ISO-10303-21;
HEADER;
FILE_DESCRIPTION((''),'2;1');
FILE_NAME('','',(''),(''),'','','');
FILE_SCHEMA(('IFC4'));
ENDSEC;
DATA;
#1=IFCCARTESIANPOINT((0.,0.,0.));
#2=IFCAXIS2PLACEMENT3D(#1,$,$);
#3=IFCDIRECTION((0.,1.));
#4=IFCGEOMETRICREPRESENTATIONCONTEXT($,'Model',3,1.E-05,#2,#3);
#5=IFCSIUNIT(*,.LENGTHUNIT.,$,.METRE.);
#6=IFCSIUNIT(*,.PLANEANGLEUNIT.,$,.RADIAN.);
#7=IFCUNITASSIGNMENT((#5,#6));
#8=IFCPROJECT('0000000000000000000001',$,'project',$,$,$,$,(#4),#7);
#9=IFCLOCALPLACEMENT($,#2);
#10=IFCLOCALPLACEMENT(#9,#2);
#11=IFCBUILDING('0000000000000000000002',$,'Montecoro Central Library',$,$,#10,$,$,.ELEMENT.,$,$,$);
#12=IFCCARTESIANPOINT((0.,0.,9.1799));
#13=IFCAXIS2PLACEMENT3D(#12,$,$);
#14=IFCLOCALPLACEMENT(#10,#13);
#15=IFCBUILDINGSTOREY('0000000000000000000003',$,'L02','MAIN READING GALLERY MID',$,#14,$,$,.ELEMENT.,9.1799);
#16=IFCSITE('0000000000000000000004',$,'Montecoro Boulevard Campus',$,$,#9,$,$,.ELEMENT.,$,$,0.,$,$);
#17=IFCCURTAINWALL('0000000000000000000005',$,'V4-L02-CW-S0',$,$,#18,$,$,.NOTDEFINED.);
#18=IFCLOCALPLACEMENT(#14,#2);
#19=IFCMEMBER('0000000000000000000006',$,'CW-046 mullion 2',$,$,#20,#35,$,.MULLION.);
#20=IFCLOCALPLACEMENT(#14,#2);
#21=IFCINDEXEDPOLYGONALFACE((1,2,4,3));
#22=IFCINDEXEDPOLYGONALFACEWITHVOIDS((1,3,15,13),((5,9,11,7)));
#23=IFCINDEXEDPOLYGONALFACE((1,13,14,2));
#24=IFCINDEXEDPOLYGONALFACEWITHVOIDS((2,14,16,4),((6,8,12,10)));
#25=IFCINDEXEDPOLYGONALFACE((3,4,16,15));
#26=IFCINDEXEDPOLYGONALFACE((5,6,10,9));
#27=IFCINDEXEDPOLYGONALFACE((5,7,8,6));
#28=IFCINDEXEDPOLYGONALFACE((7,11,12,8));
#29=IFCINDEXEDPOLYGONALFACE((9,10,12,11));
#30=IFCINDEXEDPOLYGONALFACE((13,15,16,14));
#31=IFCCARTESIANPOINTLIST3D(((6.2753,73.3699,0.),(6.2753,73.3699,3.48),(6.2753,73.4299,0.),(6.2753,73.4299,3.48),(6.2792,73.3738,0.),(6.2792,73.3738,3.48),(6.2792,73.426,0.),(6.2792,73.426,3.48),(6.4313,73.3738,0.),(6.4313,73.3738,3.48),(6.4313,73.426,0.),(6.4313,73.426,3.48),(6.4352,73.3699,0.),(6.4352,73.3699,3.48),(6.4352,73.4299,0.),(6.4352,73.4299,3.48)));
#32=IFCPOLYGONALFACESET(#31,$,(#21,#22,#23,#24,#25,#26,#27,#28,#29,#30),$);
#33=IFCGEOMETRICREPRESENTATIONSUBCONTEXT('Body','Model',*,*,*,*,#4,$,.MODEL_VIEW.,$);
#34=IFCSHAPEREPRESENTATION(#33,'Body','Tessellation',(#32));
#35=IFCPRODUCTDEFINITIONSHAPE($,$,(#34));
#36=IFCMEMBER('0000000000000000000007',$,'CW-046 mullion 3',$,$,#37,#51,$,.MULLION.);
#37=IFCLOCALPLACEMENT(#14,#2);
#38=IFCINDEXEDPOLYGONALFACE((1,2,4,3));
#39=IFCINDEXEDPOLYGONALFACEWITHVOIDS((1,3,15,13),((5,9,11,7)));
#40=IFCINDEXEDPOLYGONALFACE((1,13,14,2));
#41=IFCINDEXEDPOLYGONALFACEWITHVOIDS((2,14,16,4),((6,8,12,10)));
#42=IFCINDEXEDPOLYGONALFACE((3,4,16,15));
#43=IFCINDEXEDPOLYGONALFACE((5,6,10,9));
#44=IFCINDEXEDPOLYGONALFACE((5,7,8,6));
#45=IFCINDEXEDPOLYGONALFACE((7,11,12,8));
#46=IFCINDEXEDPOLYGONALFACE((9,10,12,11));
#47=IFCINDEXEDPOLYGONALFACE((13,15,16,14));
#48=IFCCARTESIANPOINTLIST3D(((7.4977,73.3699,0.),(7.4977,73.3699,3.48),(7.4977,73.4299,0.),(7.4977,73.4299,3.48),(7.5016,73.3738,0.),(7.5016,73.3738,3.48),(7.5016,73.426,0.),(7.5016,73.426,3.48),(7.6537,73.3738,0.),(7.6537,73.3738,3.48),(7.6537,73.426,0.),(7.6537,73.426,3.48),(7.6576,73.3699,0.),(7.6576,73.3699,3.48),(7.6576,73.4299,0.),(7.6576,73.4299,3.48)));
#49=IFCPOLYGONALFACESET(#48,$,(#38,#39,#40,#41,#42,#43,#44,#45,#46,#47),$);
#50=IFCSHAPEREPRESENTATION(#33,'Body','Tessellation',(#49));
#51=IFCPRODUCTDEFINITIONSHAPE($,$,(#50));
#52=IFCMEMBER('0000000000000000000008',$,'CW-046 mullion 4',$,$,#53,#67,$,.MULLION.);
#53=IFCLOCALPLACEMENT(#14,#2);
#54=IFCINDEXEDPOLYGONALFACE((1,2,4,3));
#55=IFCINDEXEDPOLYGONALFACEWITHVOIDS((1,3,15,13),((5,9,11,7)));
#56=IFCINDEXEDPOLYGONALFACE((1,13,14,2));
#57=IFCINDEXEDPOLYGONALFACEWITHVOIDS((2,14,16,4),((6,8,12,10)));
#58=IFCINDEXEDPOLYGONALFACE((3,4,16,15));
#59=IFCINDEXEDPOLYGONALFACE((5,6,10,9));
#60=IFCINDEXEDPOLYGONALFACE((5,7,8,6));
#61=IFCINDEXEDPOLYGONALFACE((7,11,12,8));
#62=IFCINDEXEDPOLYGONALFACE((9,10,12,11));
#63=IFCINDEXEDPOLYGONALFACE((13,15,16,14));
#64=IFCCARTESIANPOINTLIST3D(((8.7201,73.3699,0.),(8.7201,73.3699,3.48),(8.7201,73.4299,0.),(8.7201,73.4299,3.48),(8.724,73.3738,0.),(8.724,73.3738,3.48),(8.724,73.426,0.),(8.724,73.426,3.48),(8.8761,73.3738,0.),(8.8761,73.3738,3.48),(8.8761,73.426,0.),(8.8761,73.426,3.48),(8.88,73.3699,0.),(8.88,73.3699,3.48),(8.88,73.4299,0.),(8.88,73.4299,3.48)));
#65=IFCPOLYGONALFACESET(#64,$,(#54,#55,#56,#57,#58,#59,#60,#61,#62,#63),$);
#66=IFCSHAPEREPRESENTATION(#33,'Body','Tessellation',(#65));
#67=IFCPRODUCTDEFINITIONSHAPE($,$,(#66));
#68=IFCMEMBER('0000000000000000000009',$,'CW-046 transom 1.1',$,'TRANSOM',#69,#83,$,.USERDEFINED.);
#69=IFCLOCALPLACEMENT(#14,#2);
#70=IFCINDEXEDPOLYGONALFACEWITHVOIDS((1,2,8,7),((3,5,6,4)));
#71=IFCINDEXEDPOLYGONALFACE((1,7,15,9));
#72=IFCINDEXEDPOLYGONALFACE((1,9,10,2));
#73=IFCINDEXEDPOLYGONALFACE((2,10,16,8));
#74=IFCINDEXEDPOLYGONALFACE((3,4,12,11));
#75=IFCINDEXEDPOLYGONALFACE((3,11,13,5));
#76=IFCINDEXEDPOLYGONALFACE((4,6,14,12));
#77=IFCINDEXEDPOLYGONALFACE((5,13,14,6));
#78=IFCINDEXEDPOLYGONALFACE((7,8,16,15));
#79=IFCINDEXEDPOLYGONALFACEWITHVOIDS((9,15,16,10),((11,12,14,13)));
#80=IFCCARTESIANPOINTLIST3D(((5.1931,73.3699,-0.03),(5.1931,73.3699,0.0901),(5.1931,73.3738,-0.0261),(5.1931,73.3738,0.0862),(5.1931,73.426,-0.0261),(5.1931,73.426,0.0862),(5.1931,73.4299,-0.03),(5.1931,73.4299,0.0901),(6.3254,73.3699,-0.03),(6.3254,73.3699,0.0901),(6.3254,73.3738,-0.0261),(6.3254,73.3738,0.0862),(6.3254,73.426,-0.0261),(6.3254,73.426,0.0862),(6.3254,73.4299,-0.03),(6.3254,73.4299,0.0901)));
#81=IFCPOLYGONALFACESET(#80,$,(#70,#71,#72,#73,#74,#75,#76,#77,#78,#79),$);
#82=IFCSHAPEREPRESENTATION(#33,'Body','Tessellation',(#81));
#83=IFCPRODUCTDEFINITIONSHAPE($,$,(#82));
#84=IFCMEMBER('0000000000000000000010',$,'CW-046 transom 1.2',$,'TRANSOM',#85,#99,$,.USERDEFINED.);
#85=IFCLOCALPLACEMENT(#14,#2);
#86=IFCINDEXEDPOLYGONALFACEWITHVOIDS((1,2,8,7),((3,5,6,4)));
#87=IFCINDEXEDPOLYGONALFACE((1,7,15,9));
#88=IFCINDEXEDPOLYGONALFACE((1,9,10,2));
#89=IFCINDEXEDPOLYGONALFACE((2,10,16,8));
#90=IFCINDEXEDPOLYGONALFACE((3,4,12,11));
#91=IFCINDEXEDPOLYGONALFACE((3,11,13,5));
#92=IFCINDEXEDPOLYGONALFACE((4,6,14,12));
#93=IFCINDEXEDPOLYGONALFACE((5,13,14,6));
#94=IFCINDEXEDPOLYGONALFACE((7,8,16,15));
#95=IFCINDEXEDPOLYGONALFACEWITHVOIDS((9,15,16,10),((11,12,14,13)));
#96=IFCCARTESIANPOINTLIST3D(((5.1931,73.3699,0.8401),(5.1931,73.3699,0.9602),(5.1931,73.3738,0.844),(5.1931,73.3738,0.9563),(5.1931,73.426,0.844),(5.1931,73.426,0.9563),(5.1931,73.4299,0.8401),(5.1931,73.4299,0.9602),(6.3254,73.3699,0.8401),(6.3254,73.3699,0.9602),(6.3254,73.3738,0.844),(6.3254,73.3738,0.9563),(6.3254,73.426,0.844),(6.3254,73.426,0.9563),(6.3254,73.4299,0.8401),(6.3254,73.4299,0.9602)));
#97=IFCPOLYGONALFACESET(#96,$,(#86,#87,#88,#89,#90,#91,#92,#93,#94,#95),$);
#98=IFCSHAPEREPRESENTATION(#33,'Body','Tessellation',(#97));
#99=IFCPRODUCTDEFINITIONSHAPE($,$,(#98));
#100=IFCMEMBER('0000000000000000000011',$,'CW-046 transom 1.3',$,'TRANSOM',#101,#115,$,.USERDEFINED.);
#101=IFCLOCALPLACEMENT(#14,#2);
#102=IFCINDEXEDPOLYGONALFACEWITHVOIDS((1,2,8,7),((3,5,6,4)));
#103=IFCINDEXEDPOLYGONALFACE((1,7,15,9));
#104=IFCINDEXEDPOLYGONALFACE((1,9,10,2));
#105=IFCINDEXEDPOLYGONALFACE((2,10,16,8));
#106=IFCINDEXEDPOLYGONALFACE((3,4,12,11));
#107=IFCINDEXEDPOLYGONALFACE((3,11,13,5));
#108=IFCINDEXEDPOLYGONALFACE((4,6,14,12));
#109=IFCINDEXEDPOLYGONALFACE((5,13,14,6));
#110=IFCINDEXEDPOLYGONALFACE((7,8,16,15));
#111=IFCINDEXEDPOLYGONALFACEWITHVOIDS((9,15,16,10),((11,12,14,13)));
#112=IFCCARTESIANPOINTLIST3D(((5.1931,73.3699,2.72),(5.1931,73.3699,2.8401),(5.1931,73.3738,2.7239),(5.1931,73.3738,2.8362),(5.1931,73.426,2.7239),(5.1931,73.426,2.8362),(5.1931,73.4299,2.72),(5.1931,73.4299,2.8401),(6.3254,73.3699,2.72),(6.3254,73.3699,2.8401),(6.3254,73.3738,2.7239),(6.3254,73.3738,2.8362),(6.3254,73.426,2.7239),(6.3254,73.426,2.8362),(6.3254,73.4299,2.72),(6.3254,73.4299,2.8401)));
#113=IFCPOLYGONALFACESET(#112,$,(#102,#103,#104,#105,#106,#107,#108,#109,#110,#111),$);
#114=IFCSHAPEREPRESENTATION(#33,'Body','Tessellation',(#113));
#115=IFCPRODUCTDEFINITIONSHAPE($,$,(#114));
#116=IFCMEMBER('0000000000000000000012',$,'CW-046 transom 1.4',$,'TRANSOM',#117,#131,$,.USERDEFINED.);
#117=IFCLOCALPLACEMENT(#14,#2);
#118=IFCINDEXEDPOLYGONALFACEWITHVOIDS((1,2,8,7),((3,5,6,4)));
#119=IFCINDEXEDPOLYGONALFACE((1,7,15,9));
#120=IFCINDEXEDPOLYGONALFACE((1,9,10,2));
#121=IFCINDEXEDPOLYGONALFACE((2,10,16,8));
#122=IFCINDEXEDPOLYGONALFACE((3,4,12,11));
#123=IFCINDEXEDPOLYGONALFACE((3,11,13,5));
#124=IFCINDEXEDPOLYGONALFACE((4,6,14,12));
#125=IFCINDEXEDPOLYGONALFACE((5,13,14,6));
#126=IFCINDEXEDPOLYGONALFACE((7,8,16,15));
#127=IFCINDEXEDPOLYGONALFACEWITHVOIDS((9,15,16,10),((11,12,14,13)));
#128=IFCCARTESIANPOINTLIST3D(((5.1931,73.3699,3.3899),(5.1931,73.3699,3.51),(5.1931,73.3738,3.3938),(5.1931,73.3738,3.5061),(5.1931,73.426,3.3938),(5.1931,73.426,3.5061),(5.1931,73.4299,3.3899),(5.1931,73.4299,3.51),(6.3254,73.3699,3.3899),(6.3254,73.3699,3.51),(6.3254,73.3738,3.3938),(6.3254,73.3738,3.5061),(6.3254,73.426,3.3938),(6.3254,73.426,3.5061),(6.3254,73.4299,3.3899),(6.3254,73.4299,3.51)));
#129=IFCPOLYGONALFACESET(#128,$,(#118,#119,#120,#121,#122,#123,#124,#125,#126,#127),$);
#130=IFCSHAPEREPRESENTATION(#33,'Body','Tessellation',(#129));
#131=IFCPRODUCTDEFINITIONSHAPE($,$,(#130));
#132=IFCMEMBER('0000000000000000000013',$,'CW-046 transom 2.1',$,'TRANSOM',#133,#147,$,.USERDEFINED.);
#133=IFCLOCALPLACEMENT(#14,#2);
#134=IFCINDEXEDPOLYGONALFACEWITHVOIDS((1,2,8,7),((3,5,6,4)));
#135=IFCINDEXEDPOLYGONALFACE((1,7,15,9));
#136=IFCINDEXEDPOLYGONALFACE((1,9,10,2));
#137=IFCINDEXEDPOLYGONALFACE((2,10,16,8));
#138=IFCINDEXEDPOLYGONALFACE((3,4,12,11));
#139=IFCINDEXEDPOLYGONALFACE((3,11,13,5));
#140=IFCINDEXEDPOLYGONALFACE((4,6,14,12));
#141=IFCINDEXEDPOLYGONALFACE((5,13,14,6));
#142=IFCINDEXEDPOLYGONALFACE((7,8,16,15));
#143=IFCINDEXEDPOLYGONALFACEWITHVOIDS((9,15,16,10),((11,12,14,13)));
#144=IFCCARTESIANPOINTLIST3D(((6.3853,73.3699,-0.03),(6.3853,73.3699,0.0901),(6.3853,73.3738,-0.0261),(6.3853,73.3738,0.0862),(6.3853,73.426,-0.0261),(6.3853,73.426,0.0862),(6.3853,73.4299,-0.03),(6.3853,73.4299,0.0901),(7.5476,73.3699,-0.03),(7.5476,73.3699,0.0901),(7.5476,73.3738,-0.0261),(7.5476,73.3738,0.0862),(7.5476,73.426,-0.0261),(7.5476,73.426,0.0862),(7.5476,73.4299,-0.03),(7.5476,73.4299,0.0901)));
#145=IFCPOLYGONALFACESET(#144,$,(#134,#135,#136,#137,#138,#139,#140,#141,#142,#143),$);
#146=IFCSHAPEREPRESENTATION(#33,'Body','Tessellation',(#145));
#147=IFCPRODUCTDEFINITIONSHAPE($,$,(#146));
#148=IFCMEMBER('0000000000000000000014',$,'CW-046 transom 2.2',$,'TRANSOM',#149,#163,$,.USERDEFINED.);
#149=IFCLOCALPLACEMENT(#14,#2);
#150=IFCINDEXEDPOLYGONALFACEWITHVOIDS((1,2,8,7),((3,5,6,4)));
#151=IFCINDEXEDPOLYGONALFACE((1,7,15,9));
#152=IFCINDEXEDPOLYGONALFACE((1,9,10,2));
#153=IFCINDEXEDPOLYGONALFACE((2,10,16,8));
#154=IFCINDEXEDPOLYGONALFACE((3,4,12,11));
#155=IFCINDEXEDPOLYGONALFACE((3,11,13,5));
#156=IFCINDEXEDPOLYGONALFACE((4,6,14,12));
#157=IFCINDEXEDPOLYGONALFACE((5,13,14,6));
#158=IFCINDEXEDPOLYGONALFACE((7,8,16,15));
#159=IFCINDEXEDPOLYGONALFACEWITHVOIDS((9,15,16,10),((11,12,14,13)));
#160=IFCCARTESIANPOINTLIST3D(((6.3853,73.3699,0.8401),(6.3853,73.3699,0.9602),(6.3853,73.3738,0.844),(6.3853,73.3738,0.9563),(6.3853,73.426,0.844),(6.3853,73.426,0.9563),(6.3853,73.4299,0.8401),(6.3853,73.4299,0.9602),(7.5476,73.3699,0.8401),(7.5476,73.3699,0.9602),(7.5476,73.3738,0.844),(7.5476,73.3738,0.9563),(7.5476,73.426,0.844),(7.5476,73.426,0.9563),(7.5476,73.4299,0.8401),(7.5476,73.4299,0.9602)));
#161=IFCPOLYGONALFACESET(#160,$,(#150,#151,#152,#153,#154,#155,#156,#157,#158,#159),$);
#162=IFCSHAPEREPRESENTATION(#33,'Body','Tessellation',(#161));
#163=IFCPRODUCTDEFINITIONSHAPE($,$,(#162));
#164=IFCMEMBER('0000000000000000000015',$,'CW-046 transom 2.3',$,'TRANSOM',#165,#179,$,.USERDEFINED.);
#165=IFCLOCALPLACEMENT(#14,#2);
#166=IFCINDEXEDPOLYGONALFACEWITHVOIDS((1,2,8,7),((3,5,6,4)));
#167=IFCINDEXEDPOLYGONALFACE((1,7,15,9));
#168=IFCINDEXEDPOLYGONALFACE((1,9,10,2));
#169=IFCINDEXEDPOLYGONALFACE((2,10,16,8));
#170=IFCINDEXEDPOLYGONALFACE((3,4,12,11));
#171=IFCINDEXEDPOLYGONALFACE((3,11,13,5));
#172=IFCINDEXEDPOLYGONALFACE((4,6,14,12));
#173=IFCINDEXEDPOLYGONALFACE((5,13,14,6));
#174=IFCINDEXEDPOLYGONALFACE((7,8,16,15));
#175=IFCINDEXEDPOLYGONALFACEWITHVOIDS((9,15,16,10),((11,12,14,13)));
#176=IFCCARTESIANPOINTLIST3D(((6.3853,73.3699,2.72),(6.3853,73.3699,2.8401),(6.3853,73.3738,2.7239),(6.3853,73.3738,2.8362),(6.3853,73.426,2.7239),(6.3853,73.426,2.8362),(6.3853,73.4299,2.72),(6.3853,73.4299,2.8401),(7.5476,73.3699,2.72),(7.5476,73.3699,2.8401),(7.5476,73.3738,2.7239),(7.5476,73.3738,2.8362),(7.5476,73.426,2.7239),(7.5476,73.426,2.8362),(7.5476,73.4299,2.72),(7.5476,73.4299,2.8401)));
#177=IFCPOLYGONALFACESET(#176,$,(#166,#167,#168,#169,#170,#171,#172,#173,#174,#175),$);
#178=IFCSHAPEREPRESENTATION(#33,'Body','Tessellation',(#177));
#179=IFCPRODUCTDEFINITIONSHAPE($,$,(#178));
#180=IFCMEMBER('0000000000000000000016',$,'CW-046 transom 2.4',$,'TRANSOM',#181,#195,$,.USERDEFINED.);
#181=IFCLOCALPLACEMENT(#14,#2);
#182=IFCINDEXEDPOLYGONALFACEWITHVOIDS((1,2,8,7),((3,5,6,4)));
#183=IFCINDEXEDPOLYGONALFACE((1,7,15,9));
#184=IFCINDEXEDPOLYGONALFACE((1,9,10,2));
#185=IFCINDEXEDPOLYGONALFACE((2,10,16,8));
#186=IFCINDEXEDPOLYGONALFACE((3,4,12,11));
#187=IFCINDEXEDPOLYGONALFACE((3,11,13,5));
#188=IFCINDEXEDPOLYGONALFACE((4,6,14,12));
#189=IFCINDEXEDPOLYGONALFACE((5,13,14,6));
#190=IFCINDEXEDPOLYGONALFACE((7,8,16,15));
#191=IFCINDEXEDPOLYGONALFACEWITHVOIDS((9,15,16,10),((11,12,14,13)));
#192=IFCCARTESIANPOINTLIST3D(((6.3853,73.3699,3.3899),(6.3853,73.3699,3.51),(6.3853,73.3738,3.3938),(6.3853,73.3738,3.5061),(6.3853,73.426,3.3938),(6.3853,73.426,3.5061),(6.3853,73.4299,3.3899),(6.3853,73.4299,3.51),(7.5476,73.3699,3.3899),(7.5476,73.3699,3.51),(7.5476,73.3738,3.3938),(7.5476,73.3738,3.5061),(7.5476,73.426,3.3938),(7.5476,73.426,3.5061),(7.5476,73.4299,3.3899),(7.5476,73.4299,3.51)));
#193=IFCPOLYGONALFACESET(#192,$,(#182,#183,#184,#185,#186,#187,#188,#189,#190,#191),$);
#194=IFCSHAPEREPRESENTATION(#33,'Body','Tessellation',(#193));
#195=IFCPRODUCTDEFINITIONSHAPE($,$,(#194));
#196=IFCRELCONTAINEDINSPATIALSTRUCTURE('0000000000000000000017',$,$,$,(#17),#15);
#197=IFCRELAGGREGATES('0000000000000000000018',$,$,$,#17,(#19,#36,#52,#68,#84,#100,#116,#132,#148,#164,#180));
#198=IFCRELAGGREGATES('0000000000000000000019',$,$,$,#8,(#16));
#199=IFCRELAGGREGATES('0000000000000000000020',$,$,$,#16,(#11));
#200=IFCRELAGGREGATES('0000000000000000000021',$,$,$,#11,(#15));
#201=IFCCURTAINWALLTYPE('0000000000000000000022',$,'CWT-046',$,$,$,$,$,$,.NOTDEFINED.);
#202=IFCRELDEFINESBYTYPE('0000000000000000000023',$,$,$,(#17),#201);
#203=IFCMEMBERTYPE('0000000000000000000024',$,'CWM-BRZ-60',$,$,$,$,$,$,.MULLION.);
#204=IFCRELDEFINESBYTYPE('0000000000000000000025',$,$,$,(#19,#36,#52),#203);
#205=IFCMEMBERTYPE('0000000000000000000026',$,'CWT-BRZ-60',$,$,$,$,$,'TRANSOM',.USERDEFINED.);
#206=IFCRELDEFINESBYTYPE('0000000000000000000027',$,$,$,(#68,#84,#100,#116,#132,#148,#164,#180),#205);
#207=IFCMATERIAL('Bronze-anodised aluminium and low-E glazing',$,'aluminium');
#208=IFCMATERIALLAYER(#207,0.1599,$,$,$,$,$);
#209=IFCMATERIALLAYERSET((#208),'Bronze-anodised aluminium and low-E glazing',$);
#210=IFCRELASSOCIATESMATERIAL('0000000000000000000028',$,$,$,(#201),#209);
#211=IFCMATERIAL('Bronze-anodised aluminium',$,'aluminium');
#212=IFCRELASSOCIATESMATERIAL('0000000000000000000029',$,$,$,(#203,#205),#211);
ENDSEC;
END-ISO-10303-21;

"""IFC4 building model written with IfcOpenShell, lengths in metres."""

from ifc_helpers import new_model, si_unit, direction, frame, origin, origin_2d, place, context, subcontext, project, spatial, hollow_rectangle, extrude, material, layer, layer_set, material_profile, profile_set, type_object, element, aggregate, save


model = new_model("IFC4")

# Units and contexts
model_context = context("Model", 3, precision=1e-05, world=origin(), true_north=direction((0.0, 1.0)))
body_context = subcontext(model_context, "Body", "Model", "MODEL_VIEW")
ifc_project = project(units=[si_unit("LENGTHUNIT", "METRE"), si_unit("PLANEANGLEUNIT", "RADIAN")], contexts=[model_context])

# Site, building, storey
site_placement = place(None, origin())
site = spatial("IfcSite", under=ifc_project, at=site_placement, Name="Montecoro Boulevard Campus", CompositionType="ELEMENT", RefElevation=0.0)
building_placement = place(site_placement, origin())
building = spatial("IfcBuilding", under=site, at=building_placement, Name="Montecoro Central Library", CompositionType="ELEMENT")
storey_placement = place(building_placement, frame((0.0, 0.0, 9.1799)))
storey = spatial("IfcBuildingStorey", under=building, at=storey_placement, Name="L02", Description="MAIN READING GALLERY MID", CompositionType="ELEMENT", Elevation=9.1799)

# Curtain wall, members
ifc_material_1 = material(Name="Bronze-anodised aluminium and low-E glazing", Category="aluminium")
ifc_layer_1 = layer(ifc_material_1, 0.1599)
ifc_layer_set_1 = layer_set([ifc_layer_1], Name="Bronze-anodised aluminium and low-E glazing")
curtain_wall_type = type_object("IfcCurtainWallType", Name="CWT-046", PredefinedType="NOTDEFINED", material=ifc_layer_set_1)
curtain_wall_placement = place(storey_placement, origin())
curtain_wall = element("IfcCurtainWall", 1, at=curtain_wall_placement, inside=storey, type_object=curtain_wall_type, Name="V4-L02-CW-S0", PredefinedType="NOTDEFINED")
ifc_material_2 = material(Name="Bronze-anodised aluminium", Category="aluminium")
ifc_material_profile_1 = material_profile(ifc_material_2, hollow_rectangle(XDim=0.0601, YDim=0.1599, WallThickness=0.0039, at=origin_2d()), Name="CWM 160x60x4.0")
ifc_profile_set_1 = profile_set([ifc_material_profile_1], Name="Bronze-anodised aluminium")
member_type_1 = type_object("IfcMemberType", Name="CWM-BRZ-60", PredefinedType="MULLION", material=ifc_profile_set_1)
member_1_placement = place(storey_placement, frame((6.3552, 73.3999, 0.0), z_axis=(0.0, 0.0, 1.0), x_axis=(0.0, 1.0, 0.0)))
member_1 = element("IfcMember", 2, at=member_1_placement, type_object=member_type_1, Name="CW-046 mullion 2", PredefinedType="MULLION", context=body_context, shape_type="SweptSolid", body=[
    extrude(hollow_rectangle(XDim=0.0601, YDim=0.1599, WallThickness=0.0039, at=origin_2d()), origin(), (0.0, 0.0, 1.0), 3.48),
])
member_2_placement = place(storey_placement, frame((7.5776, 73.3999, 0.0), z_axis=(0.0, 0.0, 1.0), x_axis=(0.0, 1.0, 0.0)))
member_2 = element("IfcMember", 3, at=member_2_placement, type_object=member_type_1, Name="CW-046 mullion 3", PredefinedType="MULLION", context=body_context, shape_type="SweptSolid", body=[
    extrude(hollow_rectangle(XDim=0.0601, YDim=0.1599, WallThickness=0.0039, at=origin_2d()), origin(), (0.0, 0.0, 1.0), 3.48),
])
member_3_placement = place(storey_placement, frame((8.8, 73.3999, 0.0), z_axis=(0.0, 0.0, 1.0), x_axis=(0.0, 1.0, 0.0)))
member_3 = element("IfcMember", 4, at=member_3_placement, type_object=member_type_1, Name="CW-046 mullion 4", PredefinedType="MULLION", context=body_context, shape_type="SweptSolid", body=[
    extrude(hollow_rectangle(XDim=0.0601, YDim=0.1599, WallThickness=0.0039, at=origin_2d()), origin(), (0.0, 0.0, 1.0), 3.48),
])
ifc_material_profile_2 = material_profile(ifc_material_2, hollow_rectangle(XDim=0.0601, YDim=0.1201, WallThickness=0.0039, at=origin_2d()), Name="CWT 120x60x4.0")
ifc_profile_set_2 = profile_set([ifc_material_profile_2], Name="Bronze-anodised aluminium")
member_type_2 = type_object("IfcMemberType", Name="CWT-BRZ-60", ElementType="TRANSOM", PredefinedType="USERDEFINED", material=ifc_profile_set_2)
member_4_placement = place(storey_placement, frame((5.1931, 73.3999, 0.03), z_axis=(1.0, 0.0, 0.0), x_axis=(0.0, 1.0, 0.0)))
member_4 = element("IfcMember", 5, at=member_4_placement, type_object=member_type_2, Name="CW-046 transom 1.1", ObjectType="TRANSOM", PredefinedType="USERDEFINED", context=body_context, shape_type="SweptSolid", body=[
    extrude(hollow_rectangle(XDim=0.0601, YDim=0.1201, WallThickness=0.0039, at=origin_2d()), origin(), (0.0, 0.0, 1.0), 1.1323),
])
member_5_placement = place(storey_placement, frame((5.1931, 73.3999, 0.9001), z_axis=(1.0, 0.0, 0.0), x_axis=(0.0, 1.0, 0.0)))
member_5 = element("IfcMember", 6, at=member_5_placement, type_object=member_type_2, Name="CW-046 transom 1.2", ObjectType="TRANSOM", PredefinedType="USERDEFINED", context=body_context, shape_type="SweptSolid", body=[
    extrude(hollow_rectangle(XDim=0.0601, YDim=0.1201, WallThickness=0.0039, at=origin_2d()), origin(), (0.0, 0.0, 1.0), 1.1323),
])
member_6_placement = place(storey_placement, frame((5.1931, 73.3999, 2.78), z_axis=(1.0, 0.0, 0.0), x_axis=(0.0, 1.0, 0.0)))
member_6 = element("IfcMember", 7, at=member_6_placement, type_object=member_type_2, Name="CW-046 transom 1.3", ObjectType="TRANSOM", PredefinedType="USERDEFINED", context=body_context, shape_type="SweptSolid", body=[
    extrude(hollow_rectangle(XDim=0.0601, YDim=0.1201, WallThickness=0.0039, at=origin_2d()), origin(), (0.0, 0.0, 1.0), 1.1323),
])
member_7_placement = place(storey_placement, frame((5.1931, 73.3999, 3.45), z_axis=(1.0, 0.0, 0.0), x_axis=(0.0, 1.0, 0.0)))
member_7 = element("IfcMember", 8, at=member_7_placement, type_object=member_type_2, Name="CW-046 transom 1.4", ObjectType="TRANSOM", PredefinedType="USERDEFINED", context=body_context, shape_type="SweptSolid", body=[
    extrude(hollow_rectangle(XDim=0.0601, YDim=0.1201, WallThickness=0.0039, at=origin_2d()), origin(), (0.0, 0.0, 1.0), 1.1323),
])
member_8_placement = place(storey_placement, frame((6.3853, 73.3999, 0.03), z_axis=(1.0, 0.0, 0.0), x_axis=(0.0, 1.0, 0.0)))
member_8 = element("IfcMember", 9, at=member_8_placement, type_object=member_type_2, Name="CW-046 transom 2.1", ObjectType="TRANSOM", PredefinedType="USERDEFINED", context=body_context, shape_type="SweptSolid", body=[
    extrude(hollow_rectangle(XDim=0.0601, YDim=0.1201, WallThickness=0.0039, at=origin_2d()), origin(), (0.0, 0.0, 1.0), 1.1624),
])
member_9_placement = place(storey_placement, frame((6.3853, 73.3999, 0.9001), z_axis=(1.0, 0.0, 0.0), x_axis=(0.0, 1.0, 0.0)))
member_9 = element("IfcMember", 10, at=member_9_placement, type_object=member_type_2, Name="CW-046 transom 2.2", ObjectType="TRANSOM", PredefinedType="USERDEFINED", context=body_context, shape_type="SweptSolid", body=[
    extrude(hollow_rectangle(XDim=0.0601, YDim=0.1201, WallThickness=0.0039, at=origin_2d()), origin(), (0.0, 0.0, 1.0), 1.1624),
])
member_10_placement = place(storey_placement, frame((6.3853, 73.3999, 2.78), z_axis=(1.0, 0.0, 0.0), x_axis=(0.0, 1.0, 0.0)))
member_10 = element("IfcMember", 11, at=member_10_placement, type_object=member_type_2, Name="CW-046 transom 2.3", ObjectType="TRANSOM", PredefinedType="USERDEFINED", context=body_context, shape_type="SweptSolid", body=[
    extrude(hollow_rectangle(XDim=0.0601, YDim=0.1201, WallThickness=0.0039, at=origin_2d()), origin(), (0.0, 0.0, 1.0), 1.1624),
])
member_11_placement = place(storey_placement, frame((6.3853, 73.3999, 3.45), z_axis=(1.0, 0.0, 0.0), x_axis=(0.0, 1.0, 0.0)))
member_11 = element("IfcMember", 12, at=member_11_placement, type_object=member_type_2, Name="CW-046 transom 2.4", ObjectType="TRANSOM", PredefinedType="USERDEFINED", context=body_context, shape_type="SweptSolid", body=[
    extrude(hollow_rectangle(XDim=0.0601, YDim=0.1201, WallThickness=0.0039, at=origin_2d()), origin(), (0.0, 0.0, 1.0), 1.1624),
])
aggregate(curtain_wall, [member_1, member_2, member_3, member_4, member_5, member_6, member_7, member_8, member_9, member_10, member_11])

save(model, "model.ifc")
